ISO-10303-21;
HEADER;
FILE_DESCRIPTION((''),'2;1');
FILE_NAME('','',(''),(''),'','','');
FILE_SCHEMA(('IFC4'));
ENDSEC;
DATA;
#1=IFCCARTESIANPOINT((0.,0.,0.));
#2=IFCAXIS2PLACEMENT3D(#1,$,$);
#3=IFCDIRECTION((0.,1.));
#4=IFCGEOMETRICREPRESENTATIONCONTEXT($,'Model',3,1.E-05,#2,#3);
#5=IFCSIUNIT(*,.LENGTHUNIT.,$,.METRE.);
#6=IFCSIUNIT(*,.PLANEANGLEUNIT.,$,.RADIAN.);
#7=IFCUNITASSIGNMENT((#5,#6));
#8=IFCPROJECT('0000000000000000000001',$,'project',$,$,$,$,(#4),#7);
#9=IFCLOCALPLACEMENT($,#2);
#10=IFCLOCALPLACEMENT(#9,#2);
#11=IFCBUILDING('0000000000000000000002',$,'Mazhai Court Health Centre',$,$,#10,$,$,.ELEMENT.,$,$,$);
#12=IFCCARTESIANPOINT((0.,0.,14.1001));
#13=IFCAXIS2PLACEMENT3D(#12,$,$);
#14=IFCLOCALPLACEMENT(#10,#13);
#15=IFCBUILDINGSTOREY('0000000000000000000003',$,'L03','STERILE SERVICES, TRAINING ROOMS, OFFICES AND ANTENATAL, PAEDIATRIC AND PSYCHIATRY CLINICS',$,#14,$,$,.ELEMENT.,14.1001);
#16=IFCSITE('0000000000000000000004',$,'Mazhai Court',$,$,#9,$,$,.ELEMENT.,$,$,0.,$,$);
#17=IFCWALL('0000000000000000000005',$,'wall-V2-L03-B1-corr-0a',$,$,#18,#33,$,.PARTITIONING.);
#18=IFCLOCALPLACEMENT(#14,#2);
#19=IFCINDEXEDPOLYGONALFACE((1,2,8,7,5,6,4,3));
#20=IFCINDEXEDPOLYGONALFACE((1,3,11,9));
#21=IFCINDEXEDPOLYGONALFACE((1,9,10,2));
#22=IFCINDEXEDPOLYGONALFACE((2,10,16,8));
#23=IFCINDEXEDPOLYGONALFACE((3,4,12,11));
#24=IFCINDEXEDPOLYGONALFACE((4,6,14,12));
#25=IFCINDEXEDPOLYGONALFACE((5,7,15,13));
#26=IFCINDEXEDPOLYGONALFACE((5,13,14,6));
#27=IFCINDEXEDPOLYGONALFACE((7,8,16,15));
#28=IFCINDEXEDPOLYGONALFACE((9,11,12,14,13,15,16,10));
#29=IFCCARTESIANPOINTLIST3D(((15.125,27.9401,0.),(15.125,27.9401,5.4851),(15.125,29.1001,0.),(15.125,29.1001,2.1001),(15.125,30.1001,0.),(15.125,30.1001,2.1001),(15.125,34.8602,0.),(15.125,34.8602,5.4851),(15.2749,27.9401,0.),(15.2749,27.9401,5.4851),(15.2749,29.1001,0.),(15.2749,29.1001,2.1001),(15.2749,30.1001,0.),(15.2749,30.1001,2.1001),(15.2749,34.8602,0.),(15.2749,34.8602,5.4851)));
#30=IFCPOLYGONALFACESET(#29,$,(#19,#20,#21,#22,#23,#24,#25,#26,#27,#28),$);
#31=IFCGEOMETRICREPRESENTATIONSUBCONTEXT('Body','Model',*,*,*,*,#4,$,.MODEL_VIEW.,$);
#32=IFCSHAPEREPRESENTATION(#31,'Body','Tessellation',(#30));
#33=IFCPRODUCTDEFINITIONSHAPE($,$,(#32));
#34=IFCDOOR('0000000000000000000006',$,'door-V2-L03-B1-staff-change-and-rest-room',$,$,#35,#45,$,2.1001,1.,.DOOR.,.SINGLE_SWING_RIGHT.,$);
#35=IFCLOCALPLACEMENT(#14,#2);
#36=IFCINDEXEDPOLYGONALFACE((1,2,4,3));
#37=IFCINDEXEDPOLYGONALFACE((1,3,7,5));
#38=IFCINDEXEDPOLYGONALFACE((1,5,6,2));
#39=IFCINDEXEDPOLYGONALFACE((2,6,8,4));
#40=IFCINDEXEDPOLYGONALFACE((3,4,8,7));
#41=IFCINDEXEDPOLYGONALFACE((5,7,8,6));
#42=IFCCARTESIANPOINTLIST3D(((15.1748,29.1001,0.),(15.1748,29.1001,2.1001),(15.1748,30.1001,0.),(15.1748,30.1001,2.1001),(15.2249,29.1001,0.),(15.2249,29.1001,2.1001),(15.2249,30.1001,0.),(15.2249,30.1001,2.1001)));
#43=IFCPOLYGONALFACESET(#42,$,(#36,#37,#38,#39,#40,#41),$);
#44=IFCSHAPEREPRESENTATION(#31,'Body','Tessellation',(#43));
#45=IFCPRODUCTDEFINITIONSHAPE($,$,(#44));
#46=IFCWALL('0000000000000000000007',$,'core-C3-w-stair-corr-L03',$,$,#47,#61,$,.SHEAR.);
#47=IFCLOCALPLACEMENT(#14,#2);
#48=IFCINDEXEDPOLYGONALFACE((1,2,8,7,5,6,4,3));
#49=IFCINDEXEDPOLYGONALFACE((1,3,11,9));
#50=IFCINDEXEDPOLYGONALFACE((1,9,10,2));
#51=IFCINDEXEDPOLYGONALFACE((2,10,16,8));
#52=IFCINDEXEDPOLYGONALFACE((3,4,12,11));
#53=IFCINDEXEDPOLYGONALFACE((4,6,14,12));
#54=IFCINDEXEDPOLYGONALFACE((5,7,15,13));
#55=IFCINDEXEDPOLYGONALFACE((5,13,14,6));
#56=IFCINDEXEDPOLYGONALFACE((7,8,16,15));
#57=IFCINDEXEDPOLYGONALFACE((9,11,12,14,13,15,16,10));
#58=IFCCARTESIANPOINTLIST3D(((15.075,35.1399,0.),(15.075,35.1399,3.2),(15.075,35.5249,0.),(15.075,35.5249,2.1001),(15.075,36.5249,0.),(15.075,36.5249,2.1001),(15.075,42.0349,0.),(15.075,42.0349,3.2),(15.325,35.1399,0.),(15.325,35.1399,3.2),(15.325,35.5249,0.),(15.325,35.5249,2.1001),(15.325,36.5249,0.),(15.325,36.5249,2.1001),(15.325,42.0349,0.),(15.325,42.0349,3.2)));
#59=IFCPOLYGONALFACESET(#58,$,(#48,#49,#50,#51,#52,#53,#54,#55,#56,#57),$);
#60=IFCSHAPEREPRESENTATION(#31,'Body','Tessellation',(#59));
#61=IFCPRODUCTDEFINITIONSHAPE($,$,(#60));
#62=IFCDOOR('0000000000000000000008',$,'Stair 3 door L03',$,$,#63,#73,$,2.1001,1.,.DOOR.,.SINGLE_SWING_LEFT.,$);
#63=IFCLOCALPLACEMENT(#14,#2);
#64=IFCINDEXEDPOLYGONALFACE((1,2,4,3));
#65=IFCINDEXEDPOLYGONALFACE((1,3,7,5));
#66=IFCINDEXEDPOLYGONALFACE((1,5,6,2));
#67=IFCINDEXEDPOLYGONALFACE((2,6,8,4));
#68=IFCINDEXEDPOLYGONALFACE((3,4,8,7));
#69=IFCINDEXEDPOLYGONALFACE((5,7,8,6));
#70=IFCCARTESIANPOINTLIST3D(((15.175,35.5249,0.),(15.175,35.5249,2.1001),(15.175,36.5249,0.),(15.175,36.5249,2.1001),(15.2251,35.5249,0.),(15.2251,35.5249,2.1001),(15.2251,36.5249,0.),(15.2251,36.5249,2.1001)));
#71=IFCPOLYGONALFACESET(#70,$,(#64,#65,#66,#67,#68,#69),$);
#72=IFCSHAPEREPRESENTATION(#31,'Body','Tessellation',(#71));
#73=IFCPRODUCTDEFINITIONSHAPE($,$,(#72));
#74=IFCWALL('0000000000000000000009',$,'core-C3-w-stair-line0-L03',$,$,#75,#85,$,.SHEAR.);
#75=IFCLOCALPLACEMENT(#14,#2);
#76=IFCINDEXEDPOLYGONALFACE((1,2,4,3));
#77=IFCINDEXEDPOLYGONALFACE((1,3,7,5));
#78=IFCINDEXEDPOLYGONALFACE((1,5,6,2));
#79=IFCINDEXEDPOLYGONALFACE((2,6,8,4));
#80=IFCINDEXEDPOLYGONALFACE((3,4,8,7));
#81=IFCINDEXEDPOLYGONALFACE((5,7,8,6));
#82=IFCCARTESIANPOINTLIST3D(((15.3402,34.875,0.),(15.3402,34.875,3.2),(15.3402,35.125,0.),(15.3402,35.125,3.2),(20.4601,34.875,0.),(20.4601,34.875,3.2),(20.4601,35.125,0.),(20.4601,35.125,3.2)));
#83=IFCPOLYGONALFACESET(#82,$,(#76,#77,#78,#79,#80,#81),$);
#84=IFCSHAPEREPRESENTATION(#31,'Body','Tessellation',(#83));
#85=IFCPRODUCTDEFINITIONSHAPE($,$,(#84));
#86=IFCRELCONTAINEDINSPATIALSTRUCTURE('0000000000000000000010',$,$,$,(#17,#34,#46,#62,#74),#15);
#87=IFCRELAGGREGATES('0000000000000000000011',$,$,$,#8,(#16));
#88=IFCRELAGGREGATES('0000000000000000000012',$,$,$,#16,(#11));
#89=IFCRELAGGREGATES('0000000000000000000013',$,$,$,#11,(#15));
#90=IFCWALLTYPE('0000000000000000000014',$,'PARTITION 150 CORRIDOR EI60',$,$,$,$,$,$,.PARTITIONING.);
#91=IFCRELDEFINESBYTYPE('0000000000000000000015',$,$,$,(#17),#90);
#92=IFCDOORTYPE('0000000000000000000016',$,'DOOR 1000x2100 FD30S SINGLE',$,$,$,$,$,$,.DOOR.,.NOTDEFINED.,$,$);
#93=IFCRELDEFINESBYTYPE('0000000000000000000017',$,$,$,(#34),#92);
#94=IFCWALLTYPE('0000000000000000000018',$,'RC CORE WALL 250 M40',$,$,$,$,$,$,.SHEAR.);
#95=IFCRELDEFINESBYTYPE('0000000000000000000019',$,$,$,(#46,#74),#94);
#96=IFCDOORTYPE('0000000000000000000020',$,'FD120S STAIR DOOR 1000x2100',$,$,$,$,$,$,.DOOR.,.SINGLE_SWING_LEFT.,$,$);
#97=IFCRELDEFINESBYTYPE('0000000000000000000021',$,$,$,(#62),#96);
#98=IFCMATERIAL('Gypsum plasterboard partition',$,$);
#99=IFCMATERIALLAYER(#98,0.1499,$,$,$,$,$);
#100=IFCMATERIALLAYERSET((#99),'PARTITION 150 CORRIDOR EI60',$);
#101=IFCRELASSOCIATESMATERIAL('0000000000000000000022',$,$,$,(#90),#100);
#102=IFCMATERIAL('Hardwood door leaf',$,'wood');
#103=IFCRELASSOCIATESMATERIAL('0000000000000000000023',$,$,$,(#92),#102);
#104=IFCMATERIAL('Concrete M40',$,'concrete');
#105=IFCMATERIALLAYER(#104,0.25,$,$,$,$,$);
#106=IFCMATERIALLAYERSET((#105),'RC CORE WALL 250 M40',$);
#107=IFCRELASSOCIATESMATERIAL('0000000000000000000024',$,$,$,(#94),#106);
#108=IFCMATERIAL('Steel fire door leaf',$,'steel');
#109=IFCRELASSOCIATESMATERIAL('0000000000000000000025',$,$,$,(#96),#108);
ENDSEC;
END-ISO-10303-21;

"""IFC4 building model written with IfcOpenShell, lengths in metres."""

from ifc_helpers import new_model, si_unit, direction, frame, frame_2d, origin, place, context, subcontext, project, spatial, rectangle, extrude, material, layer, layer_set, type_object, element, fill, save


model = new_model("IFC4")

# Units and contexts
model_context = context("Model", 3, precision=1e-05, world=origin(), true_north=direction((0.0, 1.0)))
body_context = subcontext(model_context, "Body", "Model", "MODEL_VIEW")
ifc_project = project(units=[si_unit("LENGTHUNIT", "METRE"), si_unit("PLANEANGLEUNIT", "RADIAN")], contexts=[model_context])

# Site, building, storey
site_placement = place(None, origin())
site = spatial("IfcSite", under=ifc_project, at=site_placement, Name="Mazhai Court", CompositionType="ELEMENT", RefElevation=0.0)
building_placement = place(site_placement, origin())
building = spatial("IfcBuilding", under=site, at=building_placement, Name="Mazhai Court Health Centre", CompositionType="ELEMENT")
storey_placement = place(building_placement, frame((0.0, 0.0, 14.1001)))
storey = spatial("IfcBuildingStorey", under=building, at=storey_placement, Name="L03", Description="STERILE SERVICES, TRAINING ROOMS, OFFICES AND ANTENATAL, PAEDIATRIC AND PSYCHIATRY CLINICS", CompositionType="ELEMENT", Elevation=14.1001)

# Walls, openings, doors
ifc_material_1 = material(Name="Gypsum plasterboard partition")
ifc_layer_1 = layer(ifc_material_1, 0.1499)
ifc_layer_set_1 = layer_set([ifc_layer_1], Name="PARTITION 150 CORRIDOR EI60")
wall_type_1 = type_object("IfcWallType", Name="PARTITION 150 CORRIDOR EI60", PredefinedType="PARTITIONING", material=ifc_layer_set_1)
wall_1_placement = place(storey_placement, frame((15.2, 34.8601, 0.0), z_axis=(0.0, 0.0, 1.0), x_axis=(0.0, -1.0, 0.0)))
wall_1 = element("IfcWall", 1, at=wall_1_placement, inside=storey, type_object=wall_type_1, Name="wall-V2-L03-B1-corr-0a", PredefinedType="PARTITIONING", context=body_context, shape_type="SweptSolid", body=[
    extrude(rectangle(XDim=6.9202, YDim=0.1499, at=frame_2d((3.46, 0.0))), origin(), (0.0, 0.0, 1.0), 5.4851),
])
opening_1_placement = place(wall_1_placement, frame((4.76, 0.0, 0.0)))
opening_1 = element("IfcOpeningElement", 2, at=opening_1_placement, cuts=wall_1, PredefinedType="OPENING", context=body_context, shape_type="SweptSolid", body=[
    extrude(rectangle(XDim=1.0, YDim=2.1001, at=frame_2d((0.5, 1.05))), frame((0.0, 0.085, 0.0), z_axis=(0.0, -1.0, 0.0), x_axis=(1.0, 0.0, 0.0)), (0.0, 0.0, 1.0), 0.1699),
])
ifc_material_2 = material(Name="Hardwood door leaf", Category="wood")
door_type_1 = type_object("IfcDoorType", Name="DOOR 1000x2100 FD30S SINGLE", OperationType="NOTDEFINED", PredefinedType="DOOR", material=ifc_material_2)
door_1_placement = place(opening_1_placement, origin())
door_1 = element("IfcDoor", 3, at=door_1_placement, inside=storey, type_object=door_type_1, Name="door-V2-L03-B1-staff-change-and-rest-room", OperationType="SINGLE_SWING_RIGHT", OverallHeight=2.1001, OverallWidth=1.0, PredefinedType="DOOR", context=body_context, shape_type="SweptSolid", body=[
    extrude(rectangle(XDim=1.0, YDim=2.1001, at=frame_2d((0.5, 1.05))), frame((0.0, 0.0249, 0.0), z_axis=(0.0, -1.0, 0.0), x_axis=(1.0, 0.0, 0.0)), (0.0, 0.0, 1.0), 0.05),
])
fill(opening_1, door_1)
ifc_material_3 = material(Name="Concrete M40", Category="concrete")
ifc_layer_2 = layer(ifc_material_3, 0.25)
ifc_layer_set_2 = layer_set([ifc_layer_2], Name="RC CORE WALL 250 M40")
wall_type_2 = type_object("IfcWallType", Name="RC CORE WALL 250 M40", PredefinedType="SHEAR", material=ifc_layer_set_2)
wall_2_placement = place(storey_placement, frame((15.2, 35.1399, 0.0), z_axis=(0.0, 0.0, 1.0), x_axis=(0.0, 1.0, 0.0)))
wall_2 = element("IfcWall", 4, at=wall_2_placement, inside=storey, type_object=wall_type_2, Name="core-C3-w-stair-corr-L03", PredefinedType="SHEAR", context=body_context, shape_type="SweptSolid", body=[
    extrude(rectangle(XDim=6.895, YDim=0.25, at=frame_2d((3.4475, 0.0))), origin(), (0.0, 0.0, 1.0), 3.2),
])
opening_2_placement = place(wall_2_placement, frame((0.385, 0.0, 0.0)))
opening_2 = element("IfcOpeningElement", 5, at=opening_2_placement, cuts=wall_2, PredefinedType="OPENING", context=body_context, shape_type="SweptSolid", body=[
    extrude(rectangle(XDim=1.0, YDim=2.1001, at=frame_2d((0.5, 1.05))), frame((0.0, 0.135, 0.0), z_axis=(0.0, -1.0, 0.0), x_axis=(1.0, 0.0, 0.0)), (0.0, 0.0, 1.0), 0.27),
])
ifc_material_4 = material(Name="Steel fire door leaf", Category="steel")
door_type_2 = type_object("IfcDoorType", Name="FD120S STAIR DOOR 1000x2100", OperationType="SINGLE_SWING_LEFT", PredefinedType="DOOR", material=ifc_material_4)
door_2_placement = place(opening_2_placement, origin())
door_2 = element("IfcDoor", 6, at=door_2_placement, inside=storey, type_object=door_type_2, Name="Stair 3 door L03", OperationType="SINGLE_SWING_LEFT", OverallHeight=2.1001, OverallWidth=1.0, PredefinedType="DOOR", context=body_context, shape_type="SweptSolid", body=[
    extrude(rectangle(XDim=1.0, YDim=2.1001, at=frame_2d((0.5, 1.05))), frame((0.0, 0.0249, 0.0), z_axis=(0.0, -1.0, 0.0), x_axis=(1.0, 0.0, 0.0)), (0.0, 0.0, 1.0), 0.05),
])
fill(opening_2, door_2)

# Wall
wall_3_placement = place(storey_placement, frame((15.3401, 35.0, 0.0), z_axis=(0.0, 0.0, 1.0), x_axis=(1.0, 0.0, 0.0)))
element("IfcWall", 7, at=wall_3_placement, inside=storey, type_object=wall_type_2, Name="core-C3-w-stair-line0-L03", PredefinedType="SHEAR", context=body_context, shape_type="SweptSolid", body=[
    extrude(rectangle(XDim=5.1199, YDim=0.25, at=frame_2d((2.5601, 0.0))), origin(), (0.0, 0.0, 1.0), 3.2),
])

save(model, "model.ifc")
